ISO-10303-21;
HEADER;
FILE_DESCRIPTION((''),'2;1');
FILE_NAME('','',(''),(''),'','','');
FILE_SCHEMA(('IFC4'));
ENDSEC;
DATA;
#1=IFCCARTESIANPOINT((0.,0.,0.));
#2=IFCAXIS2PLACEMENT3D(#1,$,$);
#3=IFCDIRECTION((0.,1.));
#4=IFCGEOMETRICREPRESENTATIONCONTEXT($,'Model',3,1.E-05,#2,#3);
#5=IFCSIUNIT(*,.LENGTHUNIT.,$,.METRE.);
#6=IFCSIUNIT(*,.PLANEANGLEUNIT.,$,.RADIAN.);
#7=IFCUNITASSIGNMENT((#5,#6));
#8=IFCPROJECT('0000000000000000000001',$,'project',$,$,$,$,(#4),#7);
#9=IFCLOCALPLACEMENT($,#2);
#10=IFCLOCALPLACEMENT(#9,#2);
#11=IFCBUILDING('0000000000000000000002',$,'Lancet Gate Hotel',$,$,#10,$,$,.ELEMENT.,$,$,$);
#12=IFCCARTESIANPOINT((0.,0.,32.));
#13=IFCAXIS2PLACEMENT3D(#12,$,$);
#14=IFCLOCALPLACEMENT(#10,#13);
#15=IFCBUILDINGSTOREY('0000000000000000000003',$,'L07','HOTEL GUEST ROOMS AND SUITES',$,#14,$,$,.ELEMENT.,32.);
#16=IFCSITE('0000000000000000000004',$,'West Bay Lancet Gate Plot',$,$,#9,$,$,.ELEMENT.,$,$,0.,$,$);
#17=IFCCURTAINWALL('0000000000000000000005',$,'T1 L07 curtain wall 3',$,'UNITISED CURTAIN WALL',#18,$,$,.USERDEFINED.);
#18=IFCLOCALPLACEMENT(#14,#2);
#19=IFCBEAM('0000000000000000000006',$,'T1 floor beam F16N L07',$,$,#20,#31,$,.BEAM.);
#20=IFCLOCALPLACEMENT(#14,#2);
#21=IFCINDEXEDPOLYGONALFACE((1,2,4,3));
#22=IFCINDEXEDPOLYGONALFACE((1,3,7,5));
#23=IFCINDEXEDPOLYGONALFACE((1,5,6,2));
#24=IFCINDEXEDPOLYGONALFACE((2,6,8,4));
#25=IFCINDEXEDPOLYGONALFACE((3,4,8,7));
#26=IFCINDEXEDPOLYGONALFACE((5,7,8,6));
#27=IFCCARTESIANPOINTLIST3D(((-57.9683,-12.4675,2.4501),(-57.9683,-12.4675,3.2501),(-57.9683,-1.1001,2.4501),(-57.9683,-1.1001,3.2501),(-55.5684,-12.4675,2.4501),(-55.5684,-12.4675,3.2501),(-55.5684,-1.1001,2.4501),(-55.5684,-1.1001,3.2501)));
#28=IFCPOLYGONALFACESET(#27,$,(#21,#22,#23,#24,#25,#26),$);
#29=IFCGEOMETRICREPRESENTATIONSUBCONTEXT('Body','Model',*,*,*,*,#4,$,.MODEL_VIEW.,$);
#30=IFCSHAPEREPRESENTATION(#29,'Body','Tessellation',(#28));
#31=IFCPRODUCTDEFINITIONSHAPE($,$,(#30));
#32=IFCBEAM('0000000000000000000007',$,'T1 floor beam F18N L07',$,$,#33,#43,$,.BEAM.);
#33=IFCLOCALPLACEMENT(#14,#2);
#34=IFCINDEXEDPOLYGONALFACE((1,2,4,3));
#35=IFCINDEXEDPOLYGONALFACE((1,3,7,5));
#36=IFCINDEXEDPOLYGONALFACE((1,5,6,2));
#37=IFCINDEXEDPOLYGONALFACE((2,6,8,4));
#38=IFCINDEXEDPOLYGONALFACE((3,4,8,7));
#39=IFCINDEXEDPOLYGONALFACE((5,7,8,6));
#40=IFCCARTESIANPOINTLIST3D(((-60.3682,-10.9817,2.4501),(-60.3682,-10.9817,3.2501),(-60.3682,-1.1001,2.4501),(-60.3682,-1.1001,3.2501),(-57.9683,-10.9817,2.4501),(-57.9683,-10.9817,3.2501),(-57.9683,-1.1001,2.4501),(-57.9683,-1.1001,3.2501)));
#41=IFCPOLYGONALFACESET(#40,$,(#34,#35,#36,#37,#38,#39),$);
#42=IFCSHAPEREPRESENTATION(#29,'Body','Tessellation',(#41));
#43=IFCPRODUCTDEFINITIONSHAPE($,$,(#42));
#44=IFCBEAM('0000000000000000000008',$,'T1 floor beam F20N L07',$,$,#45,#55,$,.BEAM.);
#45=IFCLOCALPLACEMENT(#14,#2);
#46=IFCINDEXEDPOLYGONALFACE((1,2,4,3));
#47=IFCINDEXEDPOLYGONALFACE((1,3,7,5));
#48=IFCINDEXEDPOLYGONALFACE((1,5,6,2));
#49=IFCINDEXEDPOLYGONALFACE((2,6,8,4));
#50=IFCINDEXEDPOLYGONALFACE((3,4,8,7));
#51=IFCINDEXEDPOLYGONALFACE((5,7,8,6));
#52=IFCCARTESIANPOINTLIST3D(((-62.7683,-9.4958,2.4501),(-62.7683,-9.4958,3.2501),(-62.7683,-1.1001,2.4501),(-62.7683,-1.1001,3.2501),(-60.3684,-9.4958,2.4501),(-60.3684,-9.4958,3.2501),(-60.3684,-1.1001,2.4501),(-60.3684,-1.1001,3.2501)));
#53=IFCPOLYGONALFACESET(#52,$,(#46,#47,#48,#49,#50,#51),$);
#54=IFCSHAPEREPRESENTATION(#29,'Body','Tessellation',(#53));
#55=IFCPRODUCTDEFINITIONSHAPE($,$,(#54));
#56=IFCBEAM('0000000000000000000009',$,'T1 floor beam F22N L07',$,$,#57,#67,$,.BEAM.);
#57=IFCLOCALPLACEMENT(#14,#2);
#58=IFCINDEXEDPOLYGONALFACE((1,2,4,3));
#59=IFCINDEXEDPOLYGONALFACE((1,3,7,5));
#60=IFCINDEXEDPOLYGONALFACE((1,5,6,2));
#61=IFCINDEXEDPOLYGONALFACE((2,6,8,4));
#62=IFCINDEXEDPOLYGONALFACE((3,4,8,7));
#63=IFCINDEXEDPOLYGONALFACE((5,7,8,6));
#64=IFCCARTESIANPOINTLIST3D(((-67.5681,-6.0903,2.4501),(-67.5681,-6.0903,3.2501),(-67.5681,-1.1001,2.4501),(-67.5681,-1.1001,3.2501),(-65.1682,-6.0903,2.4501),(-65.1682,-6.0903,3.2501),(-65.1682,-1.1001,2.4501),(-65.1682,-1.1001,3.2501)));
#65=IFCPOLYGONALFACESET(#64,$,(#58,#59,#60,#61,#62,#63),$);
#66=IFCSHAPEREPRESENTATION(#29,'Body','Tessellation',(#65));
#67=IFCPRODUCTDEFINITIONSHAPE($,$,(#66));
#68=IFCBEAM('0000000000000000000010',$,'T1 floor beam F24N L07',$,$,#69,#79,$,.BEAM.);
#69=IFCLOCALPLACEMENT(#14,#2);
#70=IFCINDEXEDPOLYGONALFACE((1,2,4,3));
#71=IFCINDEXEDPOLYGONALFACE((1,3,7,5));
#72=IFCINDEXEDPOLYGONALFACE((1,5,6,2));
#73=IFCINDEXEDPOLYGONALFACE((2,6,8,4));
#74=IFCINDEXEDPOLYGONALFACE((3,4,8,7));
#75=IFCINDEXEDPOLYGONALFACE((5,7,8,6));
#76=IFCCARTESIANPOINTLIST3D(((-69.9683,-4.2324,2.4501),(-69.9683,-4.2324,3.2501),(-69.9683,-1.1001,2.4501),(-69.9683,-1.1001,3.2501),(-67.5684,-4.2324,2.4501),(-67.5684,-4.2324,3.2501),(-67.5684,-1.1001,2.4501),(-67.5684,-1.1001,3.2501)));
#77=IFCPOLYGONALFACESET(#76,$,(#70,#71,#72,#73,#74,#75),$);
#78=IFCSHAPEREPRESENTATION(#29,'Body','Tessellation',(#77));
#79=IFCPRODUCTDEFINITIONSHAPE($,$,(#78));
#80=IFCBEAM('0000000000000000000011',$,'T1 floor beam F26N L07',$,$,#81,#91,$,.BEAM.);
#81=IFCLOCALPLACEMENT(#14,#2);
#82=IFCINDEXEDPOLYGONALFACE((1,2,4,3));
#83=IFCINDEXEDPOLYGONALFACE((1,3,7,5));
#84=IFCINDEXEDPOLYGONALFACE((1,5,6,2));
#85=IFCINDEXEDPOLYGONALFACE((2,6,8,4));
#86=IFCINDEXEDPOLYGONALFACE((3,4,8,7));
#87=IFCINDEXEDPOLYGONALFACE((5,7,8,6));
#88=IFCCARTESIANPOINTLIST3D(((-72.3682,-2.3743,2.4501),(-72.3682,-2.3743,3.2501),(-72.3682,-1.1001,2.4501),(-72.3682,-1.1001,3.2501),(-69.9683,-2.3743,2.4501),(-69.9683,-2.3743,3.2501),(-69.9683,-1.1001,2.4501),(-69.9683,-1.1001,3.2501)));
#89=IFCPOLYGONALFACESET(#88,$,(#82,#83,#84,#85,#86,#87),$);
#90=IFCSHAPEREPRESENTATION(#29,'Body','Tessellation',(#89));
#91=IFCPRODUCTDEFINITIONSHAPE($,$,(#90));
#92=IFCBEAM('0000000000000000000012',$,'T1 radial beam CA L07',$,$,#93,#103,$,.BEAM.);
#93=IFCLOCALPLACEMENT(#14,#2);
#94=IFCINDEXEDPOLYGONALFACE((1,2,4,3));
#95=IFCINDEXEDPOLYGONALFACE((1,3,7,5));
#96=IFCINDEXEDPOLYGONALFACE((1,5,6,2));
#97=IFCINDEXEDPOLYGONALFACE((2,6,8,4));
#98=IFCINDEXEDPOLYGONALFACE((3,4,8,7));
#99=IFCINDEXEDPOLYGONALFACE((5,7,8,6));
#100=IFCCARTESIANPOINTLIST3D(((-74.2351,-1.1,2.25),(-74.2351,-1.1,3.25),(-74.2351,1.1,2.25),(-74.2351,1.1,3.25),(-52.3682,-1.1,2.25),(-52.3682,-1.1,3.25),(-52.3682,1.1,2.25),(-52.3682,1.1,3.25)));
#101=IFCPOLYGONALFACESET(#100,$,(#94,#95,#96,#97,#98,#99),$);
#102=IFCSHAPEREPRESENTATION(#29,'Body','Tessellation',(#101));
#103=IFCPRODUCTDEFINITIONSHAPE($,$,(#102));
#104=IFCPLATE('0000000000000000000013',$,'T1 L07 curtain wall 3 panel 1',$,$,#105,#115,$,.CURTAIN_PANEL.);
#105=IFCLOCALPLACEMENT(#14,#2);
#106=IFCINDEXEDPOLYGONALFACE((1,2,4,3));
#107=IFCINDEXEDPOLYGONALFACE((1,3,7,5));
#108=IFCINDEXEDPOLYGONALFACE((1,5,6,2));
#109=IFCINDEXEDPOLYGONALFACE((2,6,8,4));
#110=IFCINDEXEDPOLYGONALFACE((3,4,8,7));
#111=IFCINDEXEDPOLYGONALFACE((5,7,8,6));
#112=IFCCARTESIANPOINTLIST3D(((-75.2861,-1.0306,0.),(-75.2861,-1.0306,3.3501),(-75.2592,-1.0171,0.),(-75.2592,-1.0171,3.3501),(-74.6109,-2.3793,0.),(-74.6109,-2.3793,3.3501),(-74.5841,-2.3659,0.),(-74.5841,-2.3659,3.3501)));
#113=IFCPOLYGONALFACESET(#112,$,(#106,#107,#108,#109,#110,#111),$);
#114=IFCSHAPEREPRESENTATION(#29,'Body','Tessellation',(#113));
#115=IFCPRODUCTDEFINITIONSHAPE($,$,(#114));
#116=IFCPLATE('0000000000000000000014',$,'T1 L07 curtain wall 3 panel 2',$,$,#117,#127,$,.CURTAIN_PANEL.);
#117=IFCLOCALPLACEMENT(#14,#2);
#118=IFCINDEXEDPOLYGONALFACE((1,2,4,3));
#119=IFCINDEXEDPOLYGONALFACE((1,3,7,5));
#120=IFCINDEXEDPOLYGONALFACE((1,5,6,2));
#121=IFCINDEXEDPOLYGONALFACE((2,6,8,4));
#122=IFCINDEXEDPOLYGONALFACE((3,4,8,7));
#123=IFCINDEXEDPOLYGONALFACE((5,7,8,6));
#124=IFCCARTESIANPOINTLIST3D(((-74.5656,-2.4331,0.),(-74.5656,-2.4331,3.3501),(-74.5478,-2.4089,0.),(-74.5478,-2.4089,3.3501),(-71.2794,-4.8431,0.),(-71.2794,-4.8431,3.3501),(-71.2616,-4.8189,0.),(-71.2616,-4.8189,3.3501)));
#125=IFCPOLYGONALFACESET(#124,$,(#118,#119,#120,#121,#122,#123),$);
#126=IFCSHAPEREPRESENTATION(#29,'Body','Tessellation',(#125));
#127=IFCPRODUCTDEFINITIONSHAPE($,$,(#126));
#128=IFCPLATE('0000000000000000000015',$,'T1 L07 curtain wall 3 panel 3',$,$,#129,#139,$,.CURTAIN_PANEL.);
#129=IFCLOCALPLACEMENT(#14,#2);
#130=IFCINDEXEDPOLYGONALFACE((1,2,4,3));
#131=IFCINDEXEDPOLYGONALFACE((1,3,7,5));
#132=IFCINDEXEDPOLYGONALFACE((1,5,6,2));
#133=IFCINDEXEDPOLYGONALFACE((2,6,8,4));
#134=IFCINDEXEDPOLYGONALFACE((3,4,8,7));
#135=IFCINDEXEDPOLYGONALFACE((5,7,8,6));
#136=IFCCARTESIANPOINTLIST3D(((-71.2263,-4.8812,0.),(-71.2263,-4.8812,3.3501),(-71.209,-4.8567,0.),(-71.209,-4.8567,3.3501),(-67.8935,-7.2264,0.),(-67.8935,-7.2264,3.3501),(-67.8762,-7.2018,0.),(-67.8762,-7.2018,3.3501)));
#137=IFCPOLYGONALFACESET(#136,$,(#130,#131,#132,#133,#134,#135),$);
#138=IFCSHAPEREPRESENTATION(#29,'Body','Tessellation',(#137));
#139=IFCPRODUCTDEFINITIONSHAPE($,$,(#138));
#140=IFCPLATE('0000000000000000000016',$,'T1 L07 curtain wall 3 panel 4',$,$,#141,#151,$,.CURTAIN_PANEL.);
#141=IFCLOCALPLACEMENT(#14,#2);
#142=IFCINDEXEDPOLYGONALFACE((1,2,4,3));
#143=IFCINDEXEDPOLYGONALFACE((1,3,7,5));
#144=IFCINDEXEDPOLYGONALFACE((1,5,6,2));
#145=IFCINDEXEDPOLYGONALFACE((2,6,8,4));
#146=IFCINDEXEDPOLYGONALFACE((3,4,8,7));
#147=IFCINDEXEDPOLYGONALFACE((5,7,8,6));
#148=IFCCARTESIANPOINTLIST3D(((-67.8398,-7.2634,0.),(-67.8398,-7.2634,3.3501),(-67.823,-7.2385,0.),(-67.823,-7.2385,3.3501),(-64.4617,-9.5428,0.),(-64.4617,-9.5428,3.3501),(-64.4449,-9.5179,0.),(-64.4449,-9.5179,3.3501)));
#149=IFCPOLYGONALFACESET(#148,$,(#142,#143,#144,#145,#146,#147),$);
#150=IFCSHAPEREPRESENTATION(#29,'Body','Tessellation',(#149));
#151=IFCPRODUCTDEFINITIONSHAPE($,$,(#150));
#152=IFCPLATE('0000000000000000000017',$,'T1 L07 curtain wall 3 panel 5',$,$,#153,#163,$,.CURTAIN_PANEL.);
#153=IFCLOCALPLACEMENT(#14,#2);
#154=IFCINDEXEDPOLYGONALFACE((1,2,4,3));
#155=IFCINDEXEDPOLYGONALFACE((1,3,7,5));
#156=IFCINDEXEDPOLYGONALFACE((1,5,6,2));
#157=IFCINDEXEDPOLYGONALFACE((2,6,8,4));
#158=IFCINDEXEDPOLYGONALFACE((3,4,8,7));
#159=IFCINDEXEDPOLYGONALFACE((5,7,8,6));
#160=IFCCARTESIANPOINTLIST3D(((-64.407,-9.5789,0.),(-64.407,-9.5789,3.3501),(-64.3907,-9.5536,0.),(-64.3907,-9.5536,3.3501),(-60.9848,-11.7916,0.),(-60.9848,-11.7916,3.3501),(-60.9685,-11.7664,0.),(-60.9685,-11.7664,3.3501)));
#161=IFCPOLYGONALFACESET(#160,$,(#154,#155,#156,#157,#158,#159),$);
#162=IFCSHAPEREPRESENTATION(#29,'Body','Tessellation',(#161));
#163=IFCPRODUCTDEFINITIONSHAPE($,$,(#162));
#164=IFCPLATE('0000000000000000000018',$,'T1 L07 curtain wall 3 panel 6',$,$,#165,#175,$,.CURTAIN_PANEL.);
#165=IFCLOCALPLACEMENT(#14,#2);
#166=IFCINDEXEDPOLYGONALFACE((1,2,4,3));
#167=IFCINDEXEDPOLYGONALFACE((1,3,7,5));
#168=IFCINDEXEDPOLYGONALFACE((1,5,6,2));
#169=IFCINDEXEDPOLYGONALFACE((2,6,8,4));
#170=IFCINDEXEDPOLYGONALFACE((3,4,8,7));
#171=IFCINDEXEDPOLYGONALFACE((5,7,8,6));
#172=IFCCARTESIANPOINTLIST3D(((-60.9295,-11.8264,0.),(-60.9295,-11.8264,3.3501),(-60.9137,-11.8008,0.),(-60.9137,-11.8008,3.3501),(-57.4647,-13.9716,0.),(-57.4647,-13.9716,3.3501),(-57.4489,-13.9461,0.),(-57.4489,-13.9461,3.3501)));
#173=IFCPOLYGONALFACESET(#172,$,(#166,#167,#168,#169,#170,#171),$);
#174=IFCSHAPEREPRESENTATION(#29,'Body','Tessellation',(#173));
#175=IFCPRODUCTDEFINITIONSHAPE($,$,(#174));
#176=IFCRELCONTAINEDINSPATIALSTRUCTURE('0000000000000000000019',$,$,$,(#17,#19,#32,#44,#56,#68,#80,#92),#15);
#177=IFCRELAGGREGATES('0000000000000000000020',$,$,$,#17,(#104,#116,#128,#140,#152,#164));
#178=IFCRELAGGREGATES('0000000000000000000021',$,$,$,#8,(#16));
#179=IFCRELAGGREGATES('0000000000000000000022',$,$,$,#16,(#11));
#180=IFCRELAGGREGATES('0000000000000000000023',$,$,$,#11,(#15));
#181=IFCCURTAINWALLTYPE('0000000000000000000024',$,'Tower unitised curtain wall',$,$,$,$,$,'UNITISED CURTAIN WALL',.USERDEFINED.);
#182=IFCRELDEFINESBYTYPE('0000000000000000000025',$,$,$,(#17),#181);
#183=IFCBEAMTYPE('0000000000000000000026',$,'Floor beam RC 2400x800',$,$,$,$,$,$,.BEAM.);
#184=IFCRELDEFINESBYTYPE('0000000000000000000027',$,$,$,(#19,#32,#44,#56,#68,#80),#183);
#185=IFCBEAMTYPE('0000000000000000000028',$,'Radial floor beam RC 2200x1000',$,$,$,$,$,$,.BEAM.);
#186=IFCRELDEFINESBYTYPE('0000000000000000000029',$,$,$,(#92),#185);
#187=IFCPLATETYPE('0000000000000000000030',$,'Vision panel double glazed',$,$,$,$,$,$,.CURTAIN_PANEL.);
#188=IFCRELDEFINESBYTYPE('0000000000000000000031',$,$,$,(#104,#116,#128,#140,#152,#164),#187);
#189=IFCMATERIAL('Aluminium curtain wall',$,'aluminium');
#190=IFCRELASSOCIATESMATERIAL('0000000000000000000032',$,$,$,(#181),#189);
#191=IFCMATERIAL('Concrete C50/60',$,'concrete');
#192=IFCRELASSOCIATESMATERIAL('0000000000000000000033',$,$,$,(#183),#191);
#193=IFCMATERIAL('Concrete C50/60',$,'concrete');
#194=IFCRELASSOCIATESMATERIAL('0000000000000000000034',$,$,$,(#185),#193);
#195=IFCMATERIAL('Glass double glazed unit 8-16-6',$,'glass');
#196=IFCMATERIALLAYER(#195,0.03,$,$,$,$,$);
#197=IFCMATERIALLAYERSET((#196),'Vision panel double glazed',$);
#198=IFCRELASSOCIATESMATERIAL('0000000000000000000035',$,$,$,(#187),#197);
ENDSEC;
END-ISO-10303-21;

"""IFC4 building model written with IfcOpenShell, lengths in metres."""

from ifc_helpers import new_model, si_unit, direction, frame, origin, origin_2d, place, context, subcontext, project, spatial, rectangle, extrude, material, layer, layer_set, material_profile, profile_set, type_object, element, aggregate, save


model = new_model("IFC4")

# Units and contexts
model_context = context("Model", 3, precision=1e-05, world=origin(), true_north=direction((0.0, 1.0)))
body_context = subcontext(model_context, "Body", "Model", "MODEL_VIEW")
ifc_project = project(units=[si_unit("LENGTHUNIT", "METRE"), si_unit("PLANEANGLEUNIT", "RADIAN")], contexts=[model_context])

# Site, building, storey
site_placement = place(None, origin())
site = spatial("IfcSite", under=ifc_project, at=site_placement, Name="West Bay Lancet Gate Plot", CompositionType="ELEMENT", RefElevation=0.0)
building_placement = place(site_placement, origin())
building = spatial("IfcBuilding", under=site, at=building_placement, Name="Lancet Gate Hotel", CompositionType="ELEMENT")
storey_placement = place(building_placement, frame((0.0, 0.0, 32.0)))
storey = spatial("IfcBuildingStorey", under=building, at=storey_placement, Name="L07", Description="HOTEL GUEST ROOMS AND SUITES", CompositionType="ELEMENT", Elevation=32.0)

# Shared definitions
ifc_material_1 = material(Name="Aluminium curtain wall", Category="aluminium")
curtain_wall_type = type_object("IfcCurtainWallType", Name="Tower unitised curtain wall", ElementType="UNITISED CURTAIN WALL", PredefinedType="USERDEFINED", material=ifc_material_1)

# Curtain wall
curtain_wall_1_placement = place(storey_placement, origin())
curtain_wall_1 = element("IfcCurtainWall", 1, at=curtain_wall_1_placement, inside=storey, type_object=curtain_wall_type, Name="T1 L07 curtain wall 3", ObjectType="UNITISED CURTAIN WALL", PredefinedType="USERDEFINED")

# Beams
ifc_material_2 = material(Name="Concrete C50/60", Category="concrete")
ifc_material_profile_1 = material_profile(ifc_material_2, rectangle(XDim=2.3999, YDim=0.8, at=origin_2d()), Name="RC 2400x800")
ifc_profile_set_1 = profile_set([ifc_material_profile_1], Name="Concrete C50/60")
beam_type_1 = type_object("IfcBeamType", Name="Floor beam RC 2400x800", PredefinedType="BEAM", material=ifc_profile_set_1)
beam_1_placement = place(storey_placement, frame((-56.7683, -1.1001, 2.8501), z_axis=(0.0, -1.0, 0.0), x_axis=(1.0, 0.0, 0.0)))
element("IfcBeam", 2, at=beam_1_placement, inside=storey, type_object=beam_type_1, Name="T1 floor beam F16N L07", PredefinedType="BEAM", context=body_context, shape_type="SweptSolid", body=[
    extrude(rectangle(XDim=2.3999, YDim=0.8, at=origin_2d()), origin(), (0.0, 0.0, 1.0), 11.3674),
])
beam_2_placement = place(storey_placement, frame((-59.1682, -1.1001, 2.8501), z_axis=(0.0, -1.0, 0.0), x_axis=(1.0, 0.0, 0.0)))
element("IfcBeam", 3, at=beam_2_placement, inside=storey, type_object=beam_type_1, Name="T1 floor beam F18N L07", PredefinedType="BEAM", context=body_context, shape_type="SweptSolid", body=[
    extrude(rectangle(XDim=2.3999, YDim=0.8, at=origin_2d()), origin(), (0.0, 0.0, 1.0), 9.8816),
])
beam_3_placement = place(storey_placement, frame((-61.5684, -1.1001, 2.8501), z_axis=(0.0, -1.0, 0.0), x_axis=(1.0, 0.0, 0.0)))
element("IfcBeam", 4, at=beam_3_placement, inside=storey, type_object=beam_type_1, Name="T1 floor beam F20N L07", PredefinedType="BEAM", context=body_context, shape_type="SweptSolid", body=[
    extrude(rectangle(XDim=2.3999, YDim=0.8, at=origin_2d()), origin(), (0.0, 0.0, 1.0), 8.3958),
])
beam_4_placement = place(storey_placement, frame((-66.3682, -1.1001, 2.8501), z_axis=(0.0, -1.0, 0.0), x_axis=(1.0, 0.0, 0.0)))
element("IfcBeam", 5, at=beam_4_placement, inside=storey, type_object=beam_type_1, Name="T1 floor beam F22N L07", PredefinedType="BEAM", context=body_context, shape_type="SweptSolid", body=[
    extrude(rectangle(XDim=2.3999, YDim=0.8, at=origin_2d()), origin(), (0.0, 0.0, 1.0), 4.9902),
])
beam_5_placement = place(storey_placement, frame((-68.7683, -1.1001, 2.8501), z_axis=(0.0, -1.0, 0.0), x_axis=(1.0, 0.0, 0.0)))
element("IfcBeam", 6, at=beam_5_placement, inside=storey, type_object=beam_type_1, Name="T1 floor beam F24N L07", PredefinedType="BEAM", context=body_context, shape_type="SweptSolid", body=[
    extrude(rectangle(XDim=2.3999, YDim=0.8, at=origin_2d()), origin(), (0.0, 0.0, 1.0), 3.1323),
])
beam_6_placement = place(storey_placement, frame((-71.1682, -1.1001, 2.8501), z_axis=(0.0, -1.0, 0.0), x_axis=(1.0, 0.0, 0.0)))
element("IfcBeam", 7, at=beam_6_placement, inside=storey, type_object=beam_type_1, Name="T1 floor beam F26N L07", PredefinedType="BEAM", context=body_context, shape_type="SweptSolid", body=[
    extrude(rectangle(XDim=2.3999, YDim=0.8, at=origin_2d()), origin(), (0.0, 0.0, 1.0), 1.2742),
])
ifc_material_3 = material(Name="Concrete C50/60", Category="concrete")
ifc_material_profile_2 = material_profile(ifc_material_3, rectangle(XDim=2.2, YDim=1.0, at=origin_2d()), Name="RC 2200x1000")
ifc_profile_set_2 = profile_set([ifc_material_profile_2], Name="Concrete C50/60")
beam_type_2 = type_object("IfcBeamType", Name="Radial floor beam RC 2200x1000", PredefinedType="BEAM", material=ifc_profile_set_2)
beam_7_placement = place(storey_placement, frame((-74.2351, 0.0, 2.75), z_axis=(1.0, 0.0, 0.0), x_axis=(0.0, 1.0, 0.0)))
element("IfcBeam", 8, at=beam_7_placement, inside=storey, type_object=beam_type_2, Name="T1 radial beam CA L07", PredefinedType="BEAM", context=body_context, shape_type="SweptSolid", body=[
    extrude(rectangle(XDim=2.2, YDim=1.0, at=origin_2d()), origin(), (0.0, 0.0, 1.0), 21.8669),
])

# Plates
ifc_material_4 = material(Name="Glass double glazed unit 8-16-6", Category="glass")
ifc_layer = layer(ifc_material_4, 0.03)
ifc_layer_set = layer_set([ifc_layer], Name="Vision panel double glazed")
plate_type = type_object("IfcPlateType", Name="Vision panel double glazed", PredefinedType="CURTAIN_PANEL", material=ifc_layer_set)
plate_1_placement = place(storey_placement, frame((-74.9351, -1.6982, 0.0), z_axis=(0.0, 0.0, 1.0), x_axis=(0.447628, -0.89422, 0.0)))
plate_1 = element("IfcPlate", 9, at=plate_1_placement, type_object=plate_type, Name="T1 L07 curtain wall 3 panel 1", PredefinedType="CURTAIN_PANEL", context=body_context, shape_type="SweptSolid", body=[
    extrude(rectangle(XDim=1.5083, YDim=0.03, at=origin_2d()), origin(), (0.0, 0.0, 1.0), 3.3501),
])
plate_2_placement = place(storey_placement, frame((-72.9136, -3.626, 0.0), z_axis=(0.0, 0.0, 1.0), x_axis=(0.80639, -0.591384, 0.0)))
plate_2 = element("IfcPlate", 10, at=plate_2_placement, type_object=plate_type, Name="T1 L07 curtain wall 3 panel 2", PredefinedType="CURTAIN_PANEL", context=body_context, shape_type="SweptSolid", body=[
    extrude(rectangle(XDim=4.0752, YDim=0.03, at=origin_2d()), origin(), (0.0, 0.0, 1.0), 3.3501),
])
plate_3_placement = place(storey_placement, frame((-69.5513, -6.0415, 0.0), z_axis=(0.0, 0.0, 1.0), x_axis=(0.817825, -0.575467, 0.0)))
plate_3 = element("IfcPlate", 11, at=plate_3_placement, type_object=plate_type, Name="T1 L07 curtain wall 3 panel 3", PredefinedType="CURTAIN_PANEL", context=body_context, shape_type="SweptSolid", body=[
    extrude(rectangle(XDim=4.0752, YDim=0.03, at=origin_2d()), origin(), (0.0, 0.0, 1.0), 3.3501),
])
plate_4_placement = place(storey_placement, frame((-66.1423, -8.3906, 0.0), z_axis=(0.0, 0.0, 1.0), x_axis=(0.828946, -0.559329, 0.0)))
plate_4 = element("IfcPlate", 12, at=plate_4_placement, type_object=plate_type, Name="T1 L07 curtain wall 3 panel 4", PredefinedType="CURTAIN_PANEL", context=body_context, shape_type="SweptSolid", body=[
    extrude(rectangle(XDim=4.0752, YDim=0.03, at=origin_2d()), origin(), (0.0, 0.0, 1.0), 3.3501),
])
plate_5_placement = place(storey_placement, frame((-62.6877, -10.6726, 0.0), z_axis=(0.0, 0.0, 1.0), x_axis=(0.839749, -0.542975, 0.0)))
plate_5 = element("IfcPlate", 13, at=plate_5_placement, type_object=plate_type, Name="T1 L07 curtain wall 3 panel 5", PredefinedType="CURTAIN_PANEL", context=body_context, shape_type="SweptSolid", body=[
    extrude(rectangle(XDim=4.0752, YDim=0.03, at=origin_2d()), origin(), (0.0, 0.0, 1.0), 3.3501),
])
plate_6_placement = place(storey_placement, frame((-59.1892, -12.8862, 0.0), z_axis=(0.0, 0.0, 1.0), x_axis=(0.850229, -0.526414, 0.0)))
plate_6 = element("IfcPlate", 14, at=plate_6_placement, type_object=plate_type, Name="T1 L07 curtain wall 3 panel 6", PredefinedType="CURTAIN_PANEL", context=body_context, shape_type="SweptSolid", body=[
    extrude(rectangle(XDim=4.0752, YDim=0.03, at=origin_2d()), origin(), (0.0, 0.0, 1.0), 3.3501),
])
aggregate(curtain_wall_1, [plate_1, plate_2, plate_3, plate_4, plate_5, plate_6])

save(model, "model.ifc")
